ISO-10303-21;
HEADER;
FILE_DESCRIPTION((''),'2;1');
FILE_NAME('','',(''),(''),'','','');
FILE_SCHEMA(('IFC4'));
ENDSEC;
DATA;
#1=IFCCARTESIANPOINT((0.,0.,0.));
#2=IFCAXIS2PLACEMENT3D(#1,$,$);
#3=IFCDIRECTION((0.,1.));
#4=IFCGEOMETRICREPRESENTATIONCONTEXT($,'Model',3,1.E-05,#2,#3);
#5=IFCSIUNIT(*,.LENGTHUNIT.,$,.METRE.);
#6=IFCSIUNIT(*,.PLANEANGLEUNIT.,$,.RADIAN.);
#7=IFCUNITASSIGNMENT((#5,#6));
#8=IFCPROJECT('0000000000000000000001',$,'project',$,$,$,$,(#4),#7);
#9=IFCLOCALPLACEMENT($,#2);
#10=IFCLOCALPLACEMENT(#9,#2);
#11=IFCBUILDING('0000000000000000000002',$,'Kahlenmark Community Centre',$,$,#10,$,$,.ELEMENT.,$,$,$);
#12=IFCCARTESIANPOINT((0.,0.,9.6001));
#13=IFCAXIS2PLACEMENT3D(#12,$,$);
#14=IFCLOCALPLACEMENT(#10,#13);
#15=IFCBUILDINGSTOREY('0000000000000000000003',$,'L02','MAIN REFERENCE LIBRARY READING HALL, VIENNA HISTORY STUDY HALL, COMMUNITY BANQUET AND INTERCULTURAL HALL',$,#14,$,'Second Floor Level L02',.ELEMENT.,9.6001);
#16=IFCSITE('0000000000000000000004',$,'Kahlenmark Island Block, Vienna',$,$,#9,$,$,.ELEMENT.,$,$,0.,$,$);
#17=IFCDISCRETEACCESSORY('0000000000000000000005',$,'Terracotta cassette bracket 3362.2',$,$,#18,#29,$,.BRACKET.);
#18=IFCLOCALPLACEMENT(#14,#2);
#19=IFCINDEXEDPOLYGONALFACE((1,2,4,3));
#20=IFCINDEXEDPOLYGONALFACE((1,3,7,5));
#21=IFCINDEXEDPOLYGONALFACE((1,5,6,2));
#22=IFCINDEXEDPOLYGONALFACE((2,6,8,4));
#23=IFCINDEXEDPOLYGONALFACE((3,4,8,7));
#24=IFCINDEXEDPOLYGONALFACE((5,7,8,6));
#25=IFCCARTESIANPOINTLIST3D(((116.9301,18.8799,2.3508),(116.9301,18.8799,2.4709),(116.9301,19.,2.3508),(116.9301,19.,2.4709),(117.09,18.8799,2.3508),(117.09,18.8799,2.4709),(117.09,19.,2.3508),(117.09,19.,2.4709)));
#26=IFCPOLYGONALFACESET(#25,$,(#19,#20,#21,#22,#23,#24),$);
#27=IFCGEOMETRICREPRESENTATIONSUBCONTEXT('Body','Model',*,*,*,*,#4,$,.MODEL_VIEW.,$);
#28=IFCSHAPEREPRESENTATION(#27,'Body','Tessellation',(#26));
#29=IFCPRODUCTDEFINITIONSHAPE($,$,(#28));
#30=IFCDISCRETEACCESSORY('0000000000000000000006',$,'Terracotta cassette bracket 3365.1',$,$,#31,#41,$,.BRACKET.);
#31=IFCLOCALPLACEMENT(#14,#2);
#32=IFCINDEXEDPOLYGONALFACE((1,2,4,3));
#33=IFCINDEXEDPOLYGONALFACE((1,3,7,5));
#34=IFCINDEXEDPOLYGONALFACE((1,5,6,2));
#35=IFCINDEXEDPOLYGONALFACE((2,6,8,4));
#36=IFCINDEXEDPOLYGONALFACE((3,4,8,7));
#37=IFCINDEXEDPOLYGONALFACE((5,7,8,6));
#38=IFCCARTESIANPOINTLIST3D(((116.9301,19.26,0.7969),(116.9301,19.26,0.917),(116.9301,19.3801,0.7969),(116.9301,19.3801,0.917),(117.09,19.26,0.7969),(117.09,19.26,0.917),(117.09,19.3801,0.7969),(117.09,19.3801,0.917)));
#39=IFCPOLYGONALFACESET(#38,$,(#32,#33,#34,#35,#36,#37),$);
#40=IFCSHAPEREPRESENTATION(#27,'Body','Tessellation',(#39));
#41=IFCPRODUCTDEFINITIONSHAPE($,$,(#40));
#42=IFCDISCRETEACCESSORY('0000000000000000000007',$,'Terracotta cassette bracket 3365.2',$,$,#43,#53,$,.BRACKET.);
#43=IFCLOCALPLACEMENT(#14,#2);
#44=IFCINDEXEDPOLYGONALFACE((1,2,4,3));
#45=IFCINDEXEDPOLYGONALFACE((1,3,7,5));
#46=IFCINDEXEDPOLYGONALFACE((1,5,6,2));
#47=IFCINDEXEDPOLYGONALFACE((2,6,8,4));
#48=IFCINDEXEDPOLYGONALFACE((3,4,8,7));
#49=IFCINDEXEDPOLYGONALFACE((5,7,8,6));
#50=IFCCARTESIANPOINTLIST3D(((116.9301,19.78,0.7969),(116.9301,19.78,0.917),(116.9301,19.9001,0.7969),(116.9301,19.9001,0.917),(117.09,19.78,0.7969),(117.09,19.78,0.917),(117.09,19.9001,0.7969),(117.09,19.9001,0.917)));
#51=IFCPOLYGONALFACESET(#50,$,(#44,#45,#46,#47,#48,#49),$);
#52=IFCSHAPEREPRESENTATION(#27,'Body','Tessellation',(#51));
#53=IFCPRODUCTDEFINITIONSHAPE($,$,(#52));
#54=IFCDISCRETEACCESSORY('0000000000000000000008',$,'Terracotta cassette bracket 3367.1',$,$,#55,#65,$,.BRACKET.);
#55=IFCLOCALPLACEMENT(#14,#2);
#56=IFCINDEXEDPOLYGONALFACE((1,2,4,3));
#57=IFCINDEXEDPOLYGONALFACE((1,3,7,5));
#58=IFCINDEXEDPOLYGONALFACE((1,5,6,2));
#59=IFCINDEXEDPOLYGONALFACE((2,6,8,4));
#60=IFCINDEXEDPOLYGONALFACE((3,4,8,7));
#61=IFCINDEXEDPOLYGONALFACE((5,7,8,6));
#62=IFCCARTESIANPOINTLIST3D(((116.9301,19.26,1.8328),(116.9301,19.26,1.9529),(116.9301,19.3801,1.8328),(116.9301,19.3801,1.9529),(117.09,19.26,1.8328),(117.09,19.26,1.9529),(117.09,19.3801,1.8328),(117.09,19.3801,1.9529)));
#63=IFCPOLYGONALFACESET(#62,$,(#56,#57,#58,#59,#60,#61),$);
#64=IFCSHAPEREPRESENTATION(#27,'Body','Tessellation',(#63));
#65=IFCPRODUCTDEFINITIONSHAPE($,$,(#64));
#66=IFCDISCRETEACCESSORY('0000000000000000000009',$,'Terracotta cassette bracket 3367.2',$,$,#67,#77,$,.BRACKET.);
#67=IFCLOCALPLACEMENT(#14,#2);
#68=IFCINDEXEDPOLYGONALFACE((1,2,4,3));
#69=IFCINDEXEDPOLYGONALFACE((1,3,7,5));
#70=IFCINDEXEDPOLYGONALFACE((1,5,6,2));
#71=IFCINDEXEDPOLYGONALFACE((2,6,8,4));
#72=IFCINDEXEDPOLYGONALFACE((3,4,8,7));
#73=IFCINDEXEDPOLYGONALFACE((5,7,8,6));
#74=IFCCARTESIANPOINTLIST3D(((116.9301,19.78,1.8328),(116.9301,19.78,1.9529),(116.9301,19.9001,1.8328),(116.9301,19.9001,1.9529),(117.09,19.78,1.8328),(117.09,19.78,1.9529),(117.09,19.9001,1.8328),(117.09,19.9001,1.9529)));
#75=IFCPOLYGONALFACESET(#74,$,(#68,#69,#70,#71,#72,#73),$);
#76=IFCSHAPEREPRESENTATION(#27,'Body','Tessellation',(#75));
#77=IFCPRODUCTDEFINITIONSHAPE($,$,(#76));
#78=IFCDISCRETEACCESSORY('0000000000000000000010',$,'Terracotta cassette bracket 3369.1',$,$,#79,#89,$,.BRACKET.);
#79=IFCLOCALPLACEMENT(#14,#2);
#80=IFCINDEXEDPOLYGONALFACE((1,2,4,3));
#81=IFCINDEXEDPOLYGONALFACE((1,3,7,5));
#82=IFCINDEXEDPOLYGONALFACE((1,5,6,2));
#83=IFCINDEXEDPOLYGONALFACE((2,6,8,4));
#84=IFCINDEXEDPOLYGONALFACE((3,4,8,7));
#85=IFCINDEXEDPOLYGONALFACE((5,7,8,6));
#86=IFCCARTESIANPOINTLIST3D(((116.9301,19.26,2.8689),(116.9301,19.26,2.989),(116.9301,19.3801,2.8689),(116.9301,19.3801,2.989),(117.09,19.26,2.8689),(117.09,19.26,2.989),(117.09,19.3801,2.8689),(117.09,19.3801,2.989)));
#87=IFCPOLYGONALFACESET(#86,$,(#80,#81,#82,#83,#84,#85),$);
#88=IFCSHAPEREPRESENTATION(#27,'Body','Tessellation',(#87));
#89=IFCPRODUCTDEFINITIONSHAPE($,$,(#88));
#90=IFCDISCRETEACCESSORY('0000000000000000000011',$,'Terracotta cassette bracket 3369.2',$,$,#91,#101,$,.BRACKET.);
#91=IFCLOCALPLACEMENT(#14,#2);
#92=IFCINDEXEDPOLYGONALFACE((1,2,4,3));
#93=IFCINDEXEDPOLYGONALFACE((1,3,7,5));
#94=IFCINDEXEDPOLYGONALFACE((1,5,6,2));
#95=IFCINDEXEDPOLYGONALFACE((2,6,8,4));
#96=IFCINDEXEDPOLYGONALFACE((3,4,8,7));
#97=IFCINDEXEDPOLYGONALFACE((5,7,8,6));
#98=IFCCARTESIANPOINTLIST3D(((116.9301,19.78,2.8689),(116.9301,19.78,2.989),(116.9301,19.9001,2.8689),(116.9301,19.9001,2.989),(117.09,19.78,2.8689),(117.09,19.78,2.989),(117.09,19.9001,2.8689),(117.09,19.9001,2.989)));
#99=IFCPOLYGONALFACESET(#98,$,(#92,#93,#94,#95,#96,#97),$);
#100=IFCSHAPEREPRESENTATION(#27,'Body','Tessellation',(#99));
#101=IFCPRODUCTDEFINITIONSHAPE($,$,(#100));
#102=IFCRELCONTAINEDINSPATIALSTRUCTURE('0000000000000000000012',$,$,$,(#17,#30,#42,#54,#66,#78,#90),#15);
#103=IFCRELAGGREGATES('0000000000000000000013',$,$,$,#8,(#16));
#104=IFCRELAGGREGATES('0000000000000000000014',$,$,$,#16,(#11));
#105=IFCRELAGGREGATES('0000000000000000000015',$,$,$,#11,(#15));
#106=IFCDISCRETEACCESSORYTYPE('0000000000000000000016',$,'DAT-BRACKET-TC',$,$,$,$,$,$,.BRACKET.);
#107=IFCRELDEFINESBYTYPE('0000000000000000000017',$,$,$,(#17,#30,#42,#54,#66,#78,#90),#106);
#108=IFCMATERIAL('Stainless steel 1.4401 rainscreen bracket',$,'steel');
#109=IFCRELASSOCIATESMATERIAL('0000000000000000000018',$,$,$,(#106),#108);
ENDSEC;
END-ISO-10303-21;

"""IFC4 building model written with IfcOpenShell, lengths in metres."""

from ifc_helpers import new_model, si_unit, direction, frame, origin, origin_2d, place, context, subcontext, project, spatial, rectangle, extrude, material, type_object, element, save


model = new_model("IFC4")

# Units and contexts
model_context = context("Model", 3, precision=1e-05, world=origin(), true_north=direction((0.0, 1.0)))
body_context = subcontext(model_context, "Body", "Model", "MODEL_VIEW")
ifc_project = project(units=[si_unit("LENGTHUNIT", "METRE"), si_unit("PLANEANGLEUNIT", "RADIAN")], contexts=[model_context])

# Site, building, storey
site_placement = place(None, origin())
site = spatial("IfcSite", under=ifc_project, at=site_placement, Name="Kahlenmark Island Block, Vienna", CompositionType="ELEMENT", RefElevation=0.0)
building_placement = place(site_placement, origin())
building = spatial("IfcBuilding", under=site, at=building_placement, Name="Kahlenmark Community Centre", CompositionType="ELEMENT")
storey_placement = place(building_placement, frame((0.0, 0.0, 9.6001)))
storey = spatial("IfcBuildingStorey", under=building, at=storey_placement, Name="L02", Description="MAIN REFERENCE LIBRARY READING HALL, VIENNA HISTORY STUDY HALL, COMMUNITY BANQUET AND INTERCULTURAL HALL", LongName="Second Floor Level L02", CompositionType="ELEMENT", Elevation=9.6001)

# Discrete accessories
ifc_material_1 = material(Name="Stainless steel 1.4401 rainscreen bracket", Category="steel")
discrete_accessory_type = type_object("IfcDiscreteAccessoryType", Name="DAT-BRACKET-TC", PredefinedType="BRACKET", material=ifc_material_1)
for number, where, z_axis, x_axis, name in (
    (1, (117.01, 18.9399, 2.3508), (0.0, 0.0, 1.0), (0.0, 1.0, 0.0), "Terracotta cassette bracket 3362.2"),
    (2, (117.01, 19.3201, 0.7969), (0.0, 0.0, 1.0), (0.0, 1.0, 0.0), "Terracotta cassette bracket 3365.1"),
    (3, (117.01, 19.8401, 0.7969), (0.0, 0.0, 1.0), (0.0, 1.0, 0.0), "Terracotta cassette bracket 3365.2"),
    (4, (117.01, 19.3201, 1.8328), (0.0, 0.0, 1.0), (0.0, 1.0, 0.0), "Terracotta cassette bracket 3367.1"),
    (5, (117.01, 19.8401, 1.8328), (0.0, 0.0, 1.0), (0.0, 1.0, 0.0), "Terracotta cassette bracket 3367.2"),
    (6, (117.01, 19.3201, 2.8689), (0.0, 0.0, 1.0), (0.0, 1.0, 0.0), "Terracotta cassette bracket 3369.1"),
    (7, (117.01, 19.8401, 2.8689), (0.0, 0.0, 1.0), (0.0, 1.0, 0.0), "Terracotta cassette bracket 3369.2"),
):
    element("IfcDiscreteAccessory", number, at=place(storey_placement, frame(where, z_axis=z_axis, x_axis=x_axis)), inside=storey, type_object=discrete_accessory_type, Name=name, PredefinedType="BRACKET", context=body_context, shape_type="SweptSolid", body=[
        extrude(rectangle(XDim=0.1201, YDim=0.1599, at=origin_2d()), origin(), (0.0, 0.0, 1.0), 0.1201),
    ])

save(model, "model.ifc")
